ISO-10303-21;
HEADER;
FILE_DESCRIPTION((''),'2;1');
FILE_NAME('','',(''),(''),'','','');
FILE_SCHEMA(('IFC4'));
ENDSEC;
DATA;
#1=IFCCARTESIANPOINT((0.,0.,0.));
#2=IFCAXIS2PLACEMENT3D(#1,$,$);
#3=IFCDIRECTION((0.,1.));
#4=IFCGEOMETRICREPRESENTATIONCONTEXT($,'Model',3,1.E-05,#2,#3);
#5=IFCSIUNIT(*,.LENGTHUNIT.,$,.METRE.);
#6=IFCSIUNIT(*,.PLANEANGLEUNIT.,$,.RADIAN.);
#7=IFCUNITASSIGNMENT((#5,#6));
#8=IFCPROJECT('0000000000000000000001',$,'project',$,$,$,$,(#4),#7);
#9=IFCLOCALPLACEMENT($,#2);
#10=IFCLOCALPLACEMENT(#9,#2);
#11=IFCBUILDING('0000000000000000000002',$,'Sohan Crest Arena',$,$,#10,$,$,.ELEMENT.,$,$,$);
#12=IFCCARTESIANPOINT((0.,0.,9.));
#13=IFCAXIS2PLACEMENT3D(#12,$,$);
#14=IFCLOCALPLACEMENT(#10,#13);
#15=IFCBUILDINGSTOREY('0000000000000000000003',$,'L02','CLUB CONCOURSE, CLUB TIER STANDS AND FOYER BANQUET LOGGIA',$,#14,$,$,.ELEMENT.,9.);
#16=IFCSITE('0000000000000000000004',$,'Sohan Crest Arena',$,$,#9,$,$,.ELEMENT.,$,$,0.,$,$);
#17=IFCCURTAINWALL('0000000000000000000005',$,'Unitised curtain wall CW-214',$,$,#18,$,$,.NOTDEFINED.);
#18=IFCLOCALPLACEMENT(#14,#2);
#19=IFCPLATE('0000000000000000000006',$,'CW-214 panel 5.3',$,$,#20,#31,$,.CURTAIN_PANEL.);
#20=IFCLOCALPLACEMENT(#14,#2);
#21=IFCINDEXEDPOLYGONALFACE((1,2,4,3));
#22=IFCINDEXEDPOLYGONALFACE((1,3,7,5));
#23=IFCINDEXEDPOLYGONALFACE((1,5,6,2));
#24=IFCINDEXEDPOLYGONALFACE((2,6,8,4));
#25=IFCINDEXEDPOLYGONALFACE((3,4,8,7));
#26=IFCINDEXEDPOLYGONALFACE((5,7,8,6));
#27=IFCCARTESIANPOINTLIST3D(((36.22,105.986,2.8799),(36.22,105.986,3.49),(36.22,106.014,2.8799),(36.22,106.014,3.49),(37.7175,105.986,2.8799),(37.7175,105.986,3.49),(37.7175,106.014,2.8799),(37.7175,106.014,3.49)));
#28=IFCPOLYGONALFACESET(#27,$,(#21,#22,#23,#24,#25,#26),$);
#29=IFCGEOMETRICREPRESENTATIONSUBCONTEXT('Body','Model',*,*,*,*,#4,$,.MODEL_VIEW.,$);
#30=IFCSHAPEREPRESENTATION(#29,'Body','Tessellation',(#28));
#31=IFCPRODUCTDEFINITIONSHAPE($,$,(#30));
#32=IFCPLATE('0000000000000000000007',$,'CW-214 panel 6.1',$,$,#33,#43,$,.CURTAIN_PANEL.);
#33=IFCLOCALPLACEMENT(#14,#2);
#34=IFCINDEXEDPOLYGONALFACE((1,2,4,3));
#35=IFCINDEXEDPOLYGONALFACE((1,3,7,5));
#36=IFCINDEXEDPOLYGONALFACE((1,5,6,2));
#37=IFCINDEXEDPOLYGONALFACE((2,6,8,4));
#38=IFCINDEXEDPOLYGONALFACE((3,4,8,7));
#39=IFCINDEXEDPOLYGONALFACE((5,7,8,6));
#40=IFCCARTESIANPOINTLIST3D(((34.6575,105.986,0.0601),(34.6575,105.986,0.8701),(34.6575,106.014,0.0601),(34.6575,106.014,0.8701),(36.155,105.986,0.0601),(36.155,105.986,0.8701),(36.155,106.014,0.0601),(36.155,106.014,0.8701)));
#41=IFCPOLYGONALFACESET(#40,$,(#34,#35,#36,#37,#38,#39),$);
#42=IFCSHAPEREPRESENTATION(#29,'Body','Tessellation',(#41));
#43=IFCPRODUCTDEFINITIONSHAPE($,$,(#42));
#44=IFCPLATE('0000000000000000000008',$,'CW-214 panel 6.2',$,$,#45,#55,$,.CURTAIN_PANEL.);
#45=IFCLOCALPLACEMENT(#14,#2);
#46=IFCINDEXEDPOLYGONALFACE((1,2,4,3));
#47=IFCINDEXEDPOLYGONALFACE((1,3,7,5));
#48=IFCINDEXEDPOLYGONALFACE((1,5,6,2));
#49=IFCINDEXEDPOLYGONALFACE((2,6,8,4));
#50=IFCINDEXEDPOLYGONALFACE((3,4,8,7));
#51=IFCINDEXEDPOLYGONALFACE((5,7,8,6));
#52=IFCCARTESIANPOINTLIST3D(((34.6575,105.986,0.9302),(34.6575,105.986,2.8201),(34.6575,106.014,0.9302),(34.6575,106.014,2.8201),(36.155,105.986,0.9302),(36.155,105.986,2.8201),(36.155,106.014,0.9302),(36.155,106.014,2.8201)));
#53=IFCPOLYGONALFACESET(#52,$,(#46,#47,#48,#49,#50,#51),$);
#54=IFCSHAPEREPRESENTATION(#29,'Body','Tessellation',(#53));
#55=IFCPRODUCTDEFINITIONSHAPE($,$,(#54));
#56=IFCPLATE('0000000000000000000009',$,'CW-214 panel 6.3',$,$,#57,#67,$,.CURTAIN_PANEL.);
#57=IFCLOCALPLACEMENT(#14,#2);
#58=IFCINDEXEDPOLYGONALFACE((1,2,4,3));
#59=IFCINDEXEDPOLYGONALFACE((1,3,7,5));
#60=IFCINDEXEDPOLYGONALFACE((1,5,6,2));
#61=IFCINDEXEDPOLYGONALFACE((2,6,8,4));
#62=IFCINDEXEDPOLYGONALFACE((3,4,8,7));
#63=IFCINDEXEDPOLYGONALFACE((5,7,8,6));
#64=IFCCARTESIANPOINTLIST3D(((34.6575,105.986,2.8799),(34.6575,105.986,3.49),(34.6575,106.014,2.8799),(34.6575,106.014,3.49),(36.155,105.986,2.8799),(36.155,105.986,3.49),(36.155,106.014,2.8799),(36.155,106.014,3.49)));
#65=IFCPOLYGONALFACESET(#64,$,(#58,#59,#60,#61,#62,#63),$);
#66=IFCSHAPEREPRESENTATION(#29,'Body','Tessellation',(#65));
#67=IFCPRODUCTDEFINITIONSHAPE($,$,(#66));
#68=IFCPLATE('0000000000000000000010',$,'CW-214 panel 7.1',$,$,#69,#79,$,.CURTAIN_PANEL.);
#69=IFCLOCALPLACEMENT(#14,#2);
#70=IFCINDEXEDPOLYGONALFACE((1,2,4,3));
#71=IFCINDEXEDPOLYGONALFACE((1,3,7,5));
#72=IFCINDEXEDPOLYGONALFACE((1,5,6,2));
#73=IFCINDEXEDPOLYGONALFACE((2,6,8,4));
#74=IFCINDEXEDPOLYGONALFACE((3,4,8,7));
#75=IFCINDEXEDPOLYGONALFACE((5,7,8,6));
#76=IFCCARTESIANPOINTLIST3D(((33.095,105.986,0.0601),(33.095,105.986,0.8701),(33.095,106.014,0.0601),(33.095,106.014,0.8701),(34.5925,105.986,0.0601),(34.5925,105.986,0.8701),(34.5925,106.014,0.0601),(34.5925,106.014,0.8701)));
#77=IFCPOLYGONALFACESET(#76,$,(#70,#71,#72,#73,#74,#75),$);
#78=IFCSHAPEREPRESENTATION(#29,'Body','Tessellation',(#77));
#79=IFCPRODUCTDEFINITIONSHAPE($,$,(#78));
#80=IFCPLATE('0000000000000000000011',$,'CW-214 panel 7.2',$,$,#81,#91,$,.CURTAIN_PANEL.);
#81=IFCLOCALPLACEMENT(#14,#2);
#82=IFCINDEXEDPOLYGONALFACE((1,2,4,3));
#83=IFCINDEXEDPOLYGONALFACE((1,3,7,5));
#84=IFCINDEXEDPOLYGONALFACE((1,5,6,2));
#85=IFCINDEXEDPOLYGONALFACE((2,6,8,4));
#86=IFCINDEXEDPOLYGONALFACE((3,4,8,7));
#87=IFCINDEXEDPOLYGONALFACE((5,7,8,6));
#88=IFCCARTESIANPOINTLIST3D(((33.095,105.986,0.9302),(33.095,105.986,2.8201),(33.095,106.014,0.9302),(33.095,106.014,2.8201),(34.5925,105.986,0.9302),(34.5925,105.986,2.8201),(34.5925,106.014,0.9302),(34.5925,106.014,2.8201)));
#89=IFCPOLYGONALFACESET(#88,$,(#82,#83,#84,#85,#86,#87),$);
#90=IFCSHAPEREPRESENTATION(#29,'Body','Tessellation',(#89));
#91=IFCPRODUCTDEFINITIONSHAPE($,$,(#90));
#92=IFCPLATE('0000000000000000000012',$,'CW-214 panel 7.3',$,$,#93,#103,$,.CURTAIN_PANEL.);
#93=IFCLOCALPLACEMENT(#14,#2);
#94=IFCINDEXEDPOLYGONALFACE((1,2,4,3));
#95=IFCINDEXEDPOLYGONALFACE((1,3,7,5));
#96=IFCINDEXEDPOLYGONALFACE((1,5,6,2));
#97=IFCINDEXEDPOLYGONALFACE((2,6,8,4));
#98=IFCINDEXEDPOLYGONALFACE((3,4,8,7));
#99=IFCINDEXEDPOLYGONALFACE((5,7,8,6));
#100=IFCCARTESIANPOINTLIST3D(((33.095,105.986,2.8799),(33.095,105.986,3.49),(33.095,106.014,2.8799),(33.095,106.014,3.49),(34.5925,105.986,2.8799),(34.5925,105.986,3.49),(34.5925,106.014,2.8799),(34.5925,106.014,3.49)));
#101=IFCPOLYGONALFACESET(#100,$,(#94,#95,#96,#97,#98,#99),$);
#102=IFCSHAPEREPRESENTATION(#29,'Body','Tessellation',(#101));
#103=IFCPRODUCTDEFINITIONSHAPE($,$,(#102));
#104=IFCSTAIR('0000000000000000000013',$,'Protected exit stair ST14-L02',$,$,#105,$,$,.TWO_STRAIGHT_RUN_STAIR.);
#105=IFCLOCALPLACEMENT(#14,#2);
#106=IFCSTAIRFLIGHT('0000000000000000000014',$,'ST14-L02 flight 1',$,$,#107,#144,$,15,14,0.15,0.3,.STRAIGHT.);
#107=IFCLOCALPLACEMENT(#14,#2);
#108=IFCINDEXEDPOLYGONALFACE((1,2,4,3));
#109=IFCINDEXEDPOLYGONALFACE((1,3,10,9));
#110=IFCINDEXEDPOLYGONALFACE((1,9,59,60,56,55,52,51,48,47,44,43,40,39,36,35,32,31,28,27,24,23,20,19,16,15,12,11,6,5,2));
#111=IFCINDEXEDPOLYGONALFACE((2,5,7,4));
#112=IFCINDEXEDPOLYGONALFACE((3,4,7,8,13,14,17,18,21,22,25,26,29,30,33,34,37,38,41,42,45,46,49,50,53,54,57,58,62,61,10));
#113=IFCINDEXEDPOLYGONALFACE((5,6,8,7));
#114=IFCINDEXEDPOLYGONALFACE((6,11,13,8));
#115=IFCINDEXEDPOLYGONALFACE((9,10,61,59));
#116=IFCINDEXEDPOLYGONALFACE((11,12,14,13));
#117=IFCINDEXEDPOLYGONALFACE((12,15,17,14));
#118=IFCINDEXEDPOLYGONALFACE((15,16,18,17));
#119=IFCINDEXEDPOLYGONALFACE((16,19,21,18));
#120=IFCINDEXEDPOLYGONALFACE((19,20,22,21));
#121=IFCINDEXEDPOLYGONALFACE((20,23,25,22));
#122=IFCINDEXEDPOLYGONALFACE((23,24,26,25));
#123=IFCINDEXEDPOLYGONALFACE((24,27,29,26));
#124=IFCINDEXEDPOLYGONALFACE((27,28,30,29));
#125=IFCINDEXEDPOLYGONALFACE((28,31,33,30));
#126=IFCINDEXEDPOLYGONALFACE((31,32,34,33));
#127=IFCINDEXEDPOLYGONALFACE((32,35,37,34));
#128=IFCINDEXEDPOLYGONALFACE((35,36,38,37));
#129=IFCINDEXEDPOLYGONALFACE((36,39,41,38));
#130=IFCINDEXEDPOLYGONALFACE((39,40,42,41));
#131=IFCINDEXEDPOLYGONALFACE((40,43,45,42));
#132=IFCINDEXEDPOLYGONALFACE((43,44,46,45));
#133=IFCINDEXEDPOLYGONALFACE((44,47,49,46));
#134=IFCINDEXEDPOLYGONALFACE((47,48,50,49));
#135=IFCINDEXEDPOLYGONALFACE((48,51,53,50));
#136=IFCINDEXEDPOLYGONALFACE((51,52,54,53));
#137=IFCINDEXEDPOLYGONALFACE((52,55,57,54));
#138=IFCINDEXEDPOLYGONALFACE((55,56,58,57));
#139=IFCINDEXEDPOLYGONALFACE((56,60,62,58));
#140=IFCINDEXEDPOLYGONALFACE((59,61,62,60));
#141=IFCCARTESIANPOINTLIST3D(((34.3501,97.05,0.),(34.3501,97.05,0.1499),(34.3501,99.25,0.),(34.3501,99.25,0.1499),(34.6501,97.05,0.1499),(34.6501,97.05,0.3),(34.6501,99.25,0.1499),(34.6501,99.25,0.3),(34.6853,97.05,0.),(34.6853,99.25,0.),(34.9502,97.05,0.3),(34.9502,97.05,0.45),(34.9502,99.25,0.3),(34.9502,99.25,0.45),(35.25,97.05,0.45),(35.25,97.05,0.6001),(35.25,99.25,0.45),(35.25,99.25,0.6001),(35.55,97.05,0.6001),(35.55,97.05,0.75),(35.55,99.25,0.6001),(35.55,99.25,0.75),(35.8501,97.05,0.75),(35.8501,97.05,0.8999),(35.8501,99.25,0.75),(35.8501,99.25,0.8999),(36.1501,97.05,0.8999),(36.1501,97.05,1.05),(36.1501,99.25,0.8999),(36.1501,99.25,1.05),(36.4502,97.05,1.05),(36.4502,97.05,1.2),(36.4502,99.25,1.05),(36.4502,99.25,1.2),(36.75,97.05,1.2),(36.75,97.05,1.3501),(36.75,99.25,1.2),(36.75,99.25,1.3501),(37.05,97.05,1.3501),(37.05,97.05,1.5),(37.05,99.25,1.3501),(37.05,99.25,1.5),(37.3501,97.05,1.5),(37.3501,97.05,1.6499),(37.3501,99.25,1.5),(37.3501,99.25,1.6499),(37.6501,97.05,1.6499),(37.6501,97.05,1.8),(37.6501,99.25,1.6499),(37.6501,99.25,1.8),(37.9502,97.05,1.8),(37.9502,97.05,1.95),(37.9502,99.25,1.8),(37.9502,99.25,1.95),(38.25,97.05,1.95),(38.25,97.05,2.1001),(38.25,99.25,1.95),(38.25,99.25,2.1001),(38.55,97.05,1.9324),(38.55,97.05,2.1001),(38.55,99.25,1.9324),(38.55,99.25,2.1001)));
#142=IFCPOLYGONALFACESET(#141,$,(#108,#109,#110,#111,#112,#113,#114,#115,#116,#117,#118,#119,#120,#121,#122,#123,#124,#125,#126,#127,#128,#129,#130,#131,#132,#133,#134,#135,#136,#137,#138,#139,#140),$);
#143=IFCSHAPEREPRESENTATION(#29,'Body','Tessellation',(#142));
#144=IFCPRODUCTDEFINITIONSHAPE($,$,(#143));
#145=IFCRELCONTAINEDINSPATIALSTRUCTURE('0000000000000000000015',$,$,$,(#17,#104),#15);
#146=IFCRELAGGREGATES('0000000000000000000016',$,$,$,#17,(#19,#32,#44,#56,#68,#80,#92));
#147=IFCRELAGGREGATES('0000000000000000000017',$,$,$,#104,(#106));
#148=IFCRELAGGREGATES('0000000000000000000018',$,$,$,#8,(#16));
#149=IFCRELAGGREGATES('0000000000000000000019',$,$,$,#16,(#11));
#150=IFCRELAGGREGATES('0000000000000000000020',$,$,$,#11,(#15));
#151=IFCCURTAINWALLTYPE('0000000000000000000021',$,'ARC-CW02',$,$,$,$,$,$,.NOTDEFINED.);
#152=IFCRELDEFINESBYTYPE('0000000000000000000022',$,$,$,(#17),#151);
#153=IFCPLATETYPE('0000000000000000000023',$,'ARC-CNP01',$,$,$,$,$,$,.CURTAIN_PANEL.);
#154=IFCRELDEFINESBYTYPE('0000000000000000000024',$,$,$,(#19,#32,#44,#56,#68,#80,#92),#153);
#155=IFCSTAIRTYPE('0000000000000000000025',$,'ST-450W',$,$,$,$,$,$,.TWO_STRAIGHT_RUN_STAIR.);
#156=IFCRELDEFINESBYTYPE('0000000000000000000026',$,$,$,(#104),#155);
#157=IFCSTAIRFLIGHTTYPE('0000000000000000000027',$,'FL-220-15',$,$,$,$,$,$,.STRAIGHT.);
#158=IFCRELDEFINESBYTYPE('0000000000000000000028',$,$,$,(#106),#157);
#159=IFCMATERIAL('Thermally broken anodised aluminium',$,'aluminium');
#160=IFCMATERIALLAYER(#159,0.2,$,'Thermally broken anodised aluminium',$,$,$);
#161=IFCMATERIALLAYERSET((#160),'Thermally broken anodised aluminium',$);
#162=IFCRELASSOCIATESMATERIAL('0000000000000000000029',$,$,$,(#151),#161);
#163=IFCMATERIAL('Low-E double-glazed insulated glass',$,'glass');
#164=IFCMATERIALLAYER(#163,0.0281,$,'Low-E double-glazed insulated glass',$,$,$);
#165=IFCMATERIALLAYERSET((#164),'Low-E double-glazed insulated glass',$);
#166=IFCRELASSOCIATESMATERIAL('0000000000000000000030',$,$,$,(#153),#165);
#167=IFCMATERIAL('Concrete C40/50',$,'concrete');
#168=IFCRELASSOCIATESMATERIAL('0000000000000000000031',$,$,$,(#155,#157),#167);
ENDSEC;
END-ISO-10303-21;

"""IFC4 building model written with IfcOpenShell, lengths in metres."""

from ifc_helpers import new_model, si_unit, direction, frame, origin, origin_2d, place, context, subcontext, project, spatial, polyline, rectangle, outline, extrude, material, layer, layer_set, type_object, element, aggregate, save


model = new_model("IFC4")

# Units and contexts
model_context = context("Model", 3, precision=1e-05, world=origin(), true_north=direction((0.0, 1.0)))
body_context = subcontext(model_context, "Body", "Model", "MODEL_VIEW")
ifc_project = project(units=[si_unit("LENGTHUNIT", "METRE"), si_unit("PLANEANGLEUNIT", "RADIAN")], contexts=[model_context])

# Site, building, storey
site_placement = place(None, origin())
site = spatial("IfcSite", under=ifc_project, at=site_placement, Name="Sohan Crest Arena", CompositionType="ELEMENT", RefElevation=0.0)
building_placement = place(site_placement, origin())
building = spatial("IfcBuilding", under=site, at=building_placement, Name="Sohan Crest Arena", CompositionType="ELEMENT")
storey_placement = place(building_placement, frame((0.0, 0.0, 9.0)))
storey = spatial("IfcBuildingStorey", under=building, at=storey_placement, Name="L02", Description="CLUB CONCOURSE, CLUB TIER STANDS AND FOYER BANQUET LOGGIA", CompositionType="ELEMENT", Elevation=9.0)

# Shared definitions
ifc_material_1 = material(Name="Concrete C40/50", Category="concrete")

# Curtain wall
ifc_material_2 = material(Name="Thermally broken anodised aluminium", Category="aluminium")
ifc_layer_1 = layer(ifc_material_2, 0.2, Name="Thermally broken anodised aluminium")
ifc_layer_set_1 = layer_set([ifc_layer_1], Name="Thermally broken anodised aluminium")
curtain_wall_type = type_object("IfcCurtainWallType", Name="ARC-CW02", PredefinedType="NOTDEFINED", material=ifc_layer_set_1)
curtain_wall_placement = place(storey_placement, origin())
curtain_wall = element("IfcCurtainWall", 1, at=curtain_wall_placement, inside=storey, type_object=curtain_wall_type, Name="Unitised curtain wall CW-214", PredefinedType="NOTDEFINED")

# Plates
ifc_material_3 = material(Name="Low-E double-glazed insulated glass", Category="glass")
ifc_layer_2 = layer(ifc_material_3, 0.0281, Name="Low-E double-glazed insulated glass")
ifc_layer_set_2 = layer_set([ifc_layer_2], Name="Low-E double-glazed insulated glass")
plate_type = type_object("IfcPlateType", Name="ARC-CNP01", PredefinedType="CURTAIN_PANEL", material=ifc_layer_set_2)
plate_1_placement = place(storey_placement, frame((36.9688, 106.0, 2.8799), z_axis=(0.0, 0.0, 1.0), x_axis=(-1.0, 0.0, 0.0)))
plate_1 = element("IfcPlate", 2, at=plate_1_placement, type_object=plate_type, Name="CW-214 panel 5.3", PredefinedType="CURTAIN_PANEL", context=body_context, shape_type="SweptSolid", body=[
    extrude(rectangle(XDim=1.4976, YDim=0.0281, at=origin_2d()), origin(), (0.0, 0.0, 1.0), 0.6101),
])
plate_2_placement = place(storey_placement, frame((35.4062, 106.0, 0.0601), z_axis=(0.0, 0.0, 1.0), x_axis=(-1.0, 0.0, 0.0)))
plate_2 = element("IfcPlate", 3, at=plate_2_placement, type_object=plate_type, Name="CW-214 panel 6.1", PredefinedType="CURTAIN_PANEL", context=body_context, shape_type="SweptSolid", body=[
    extrude(rectangle(XDim=1.4976, YDim=0.0281, at=origin_2d()), origin(), (0.0, 0.0, 1.0), 0.8101),
])
plate_3_placement = place(storey_placement, frame((35.4062, 106.0, 0.9302), z_axis=(0.0, 0.0, 1.0), x_axis=(-1.0, 0.0, 0.0)))
plate_3 = element("IfcPlate", 4, at=plate_3_placement, type_object=plate_type, Name="CW-214 panel 6.2", PredefinedType="CURTAIN_PANEL", context=body_context, shape_type="SweptSolid", body=[
    extrude(rectangle(XDim=1.4976, YDim=0.0281, at=origin_2d()), origin(), (0.0, 0.0, 1.0), 1.8899),
])
plate_4_placement = place(storey_placement, frame((35.4062, 106.0, 2.8799), z_axis=(0.0, 0.0, 1.0), x_axis=(-1.0, 0.0, 0.0)))
plate_4 = element("IfcPlate", 5, at=plate_4_placement, type_object=plate_type, Name="CW-214 panel 6.3", PredefinedType="CURTAIN_PANEL", context=body_context, shape_type="SweptSolid", body=[
    extrude(rectangle(XDim=1.4976, YDim=0.0281, at=origin_2d()), origin(), (0.0, 0.0, 1.0), 0.6101),
])
plate_5_placement = place(storey_placement, frame((33.8438, 106.0, 0.0601), z_axis=(0.0, 0.0, 1.0), x_axis=(-1.0, 0.0, 0.0)))
plate_5 = element("IfcPlate", 6, at=plate_5_placement, type_object=plate_type, Name="CW-214 panel 7.1", PredefinedType="CURTAIN_PANEL", context=body_context, shape_type="SweptSolid", body=[
    extrude(rectangle(XDim=1.4976, YDim=0.0281, at=origin_2d()), origin(), (0.0, 0.0, 1.0), 0.8101),
])
plate_6_placement = place(storey_placement, frame((33.8438, 106.0, 0.9302), z_axis=(0.0, 0.0, 1.0), x_axis=(-1.0, 0.0, 0.0)))
plate_6 = element("IfcPlate", 7, at=plate_6_placement, type_object=plate_type, Name="CW-214 panel 7.2", PredefinedType="CURTAIN_PANEL", context=body_context, shape_type="SweptSolid", body=[
    extrude(rectangle(XDim=1.4976, YDim=0.0281, at=origin_2d()), origin(), (0.0, 0.0, 1.0), 1.8899),
])
plate_7_placement = place(storey_placement, frame((33.8438, 106.0, 2.8799), z_axis=(0.0, 0.0, 1.0), x_axis=(-1.0, 0.0, 0.0)))
plate_7 = element("IfcPlate", 8, at=plate_7_placement, type_object=plate_type, Name="CW-214 panel 7.3", PredefinedType="CURTAIN_PANEL", context=body_context, shape_type="SweptSolid", body=[
    extrude(rectangle(XDim=1.4976, YDim=0.0281, at=origin_2d()), origin(), (0.0, 0.0, 1.0), 0.6101),
])
aggregate(curtain_wall, [plate_1, plate_2, plate_3, plate_4, plate_5, plate_6, plate_7])

# Stair, stair flight
stair_type = type_object("IfcStairType", Name="ST-450W", PredefinedType="TWO_STRAIGHT_RUN_STAIR", material=ifc_material_1)
stair_placement = place(storey_placement, origin())
stair = element("IfcStair", 9, at=stair_placement, inside=storey, type_object=stair_type, Name="Protected exit stair ST14-L02", PredefinedType="TWO_STRAIGHT_RUN_STAIR")
stair_flight_type = type_object("IfcStairFlightType", Name="FL-220-15", PredefinedType="STRAIGHT", material=ifc_material_1)
stair_flight_placement = place(storey_placement, frame((34.3501, 98.1499, 0.0), z_axis=(0.0, 0.0, 1.0), x_axis=(1.0, 0.0, 0.0)))
stair_flight = element("IfcStairFlight", 10, at=stair_flight_placement, type_object=stair_flight_type, Name="ST14-L02 flight 1", NumberOfRisers=15, NumberOfTreads=14, PredefinedType="STRAIGHT", RiserHeight=0.15, TreadLength=0.3, context=body_context, shape_type="SweptSolid", body=[
    extrude(outline(polyline([(0.0, 0.0), (0.0, 0.1499), (0.3, 0.1499), (0.3, 0.3), (0.6001, 0.3), (0.6001, 0.45), (0.8999, 0.45), (0.8999, 0.6001), (1.2, 0.6001), (1.2, 0.75), (1.5, 0.75), (1.5, 0.8999), (1.8, 0.8999), (1.8, 1.05), (2.1001, 1.05), (2.1001, 1.2), (2.3999, 1.2), (2.3999, 1.3501), (2.7, 1.3501), (2.7, 1.5), (3.0, 1.5), (3.0, 1.6499), (3.3, 1.6499), (3.3, 1.8), (3.6001, 1.8), (3.6001, 1.95), (3.8999, 1.95), (3.8999, 2.1001), (4.2, 2.1001), (4.2, 2.25), (4.2, 1.9324), (0.3352, 0.0), (0.0, 0.0)])), frame((0.0, 1.1001, 0.0), z_axis=(0.0, -1.0, 0.0), x_axis=(1.0, 0.0, 0.0)), (0.0, 0.0, 1.0), 2.2),
])
aggregate(stair, [stair_flight])

save(model, "model.ifc")
